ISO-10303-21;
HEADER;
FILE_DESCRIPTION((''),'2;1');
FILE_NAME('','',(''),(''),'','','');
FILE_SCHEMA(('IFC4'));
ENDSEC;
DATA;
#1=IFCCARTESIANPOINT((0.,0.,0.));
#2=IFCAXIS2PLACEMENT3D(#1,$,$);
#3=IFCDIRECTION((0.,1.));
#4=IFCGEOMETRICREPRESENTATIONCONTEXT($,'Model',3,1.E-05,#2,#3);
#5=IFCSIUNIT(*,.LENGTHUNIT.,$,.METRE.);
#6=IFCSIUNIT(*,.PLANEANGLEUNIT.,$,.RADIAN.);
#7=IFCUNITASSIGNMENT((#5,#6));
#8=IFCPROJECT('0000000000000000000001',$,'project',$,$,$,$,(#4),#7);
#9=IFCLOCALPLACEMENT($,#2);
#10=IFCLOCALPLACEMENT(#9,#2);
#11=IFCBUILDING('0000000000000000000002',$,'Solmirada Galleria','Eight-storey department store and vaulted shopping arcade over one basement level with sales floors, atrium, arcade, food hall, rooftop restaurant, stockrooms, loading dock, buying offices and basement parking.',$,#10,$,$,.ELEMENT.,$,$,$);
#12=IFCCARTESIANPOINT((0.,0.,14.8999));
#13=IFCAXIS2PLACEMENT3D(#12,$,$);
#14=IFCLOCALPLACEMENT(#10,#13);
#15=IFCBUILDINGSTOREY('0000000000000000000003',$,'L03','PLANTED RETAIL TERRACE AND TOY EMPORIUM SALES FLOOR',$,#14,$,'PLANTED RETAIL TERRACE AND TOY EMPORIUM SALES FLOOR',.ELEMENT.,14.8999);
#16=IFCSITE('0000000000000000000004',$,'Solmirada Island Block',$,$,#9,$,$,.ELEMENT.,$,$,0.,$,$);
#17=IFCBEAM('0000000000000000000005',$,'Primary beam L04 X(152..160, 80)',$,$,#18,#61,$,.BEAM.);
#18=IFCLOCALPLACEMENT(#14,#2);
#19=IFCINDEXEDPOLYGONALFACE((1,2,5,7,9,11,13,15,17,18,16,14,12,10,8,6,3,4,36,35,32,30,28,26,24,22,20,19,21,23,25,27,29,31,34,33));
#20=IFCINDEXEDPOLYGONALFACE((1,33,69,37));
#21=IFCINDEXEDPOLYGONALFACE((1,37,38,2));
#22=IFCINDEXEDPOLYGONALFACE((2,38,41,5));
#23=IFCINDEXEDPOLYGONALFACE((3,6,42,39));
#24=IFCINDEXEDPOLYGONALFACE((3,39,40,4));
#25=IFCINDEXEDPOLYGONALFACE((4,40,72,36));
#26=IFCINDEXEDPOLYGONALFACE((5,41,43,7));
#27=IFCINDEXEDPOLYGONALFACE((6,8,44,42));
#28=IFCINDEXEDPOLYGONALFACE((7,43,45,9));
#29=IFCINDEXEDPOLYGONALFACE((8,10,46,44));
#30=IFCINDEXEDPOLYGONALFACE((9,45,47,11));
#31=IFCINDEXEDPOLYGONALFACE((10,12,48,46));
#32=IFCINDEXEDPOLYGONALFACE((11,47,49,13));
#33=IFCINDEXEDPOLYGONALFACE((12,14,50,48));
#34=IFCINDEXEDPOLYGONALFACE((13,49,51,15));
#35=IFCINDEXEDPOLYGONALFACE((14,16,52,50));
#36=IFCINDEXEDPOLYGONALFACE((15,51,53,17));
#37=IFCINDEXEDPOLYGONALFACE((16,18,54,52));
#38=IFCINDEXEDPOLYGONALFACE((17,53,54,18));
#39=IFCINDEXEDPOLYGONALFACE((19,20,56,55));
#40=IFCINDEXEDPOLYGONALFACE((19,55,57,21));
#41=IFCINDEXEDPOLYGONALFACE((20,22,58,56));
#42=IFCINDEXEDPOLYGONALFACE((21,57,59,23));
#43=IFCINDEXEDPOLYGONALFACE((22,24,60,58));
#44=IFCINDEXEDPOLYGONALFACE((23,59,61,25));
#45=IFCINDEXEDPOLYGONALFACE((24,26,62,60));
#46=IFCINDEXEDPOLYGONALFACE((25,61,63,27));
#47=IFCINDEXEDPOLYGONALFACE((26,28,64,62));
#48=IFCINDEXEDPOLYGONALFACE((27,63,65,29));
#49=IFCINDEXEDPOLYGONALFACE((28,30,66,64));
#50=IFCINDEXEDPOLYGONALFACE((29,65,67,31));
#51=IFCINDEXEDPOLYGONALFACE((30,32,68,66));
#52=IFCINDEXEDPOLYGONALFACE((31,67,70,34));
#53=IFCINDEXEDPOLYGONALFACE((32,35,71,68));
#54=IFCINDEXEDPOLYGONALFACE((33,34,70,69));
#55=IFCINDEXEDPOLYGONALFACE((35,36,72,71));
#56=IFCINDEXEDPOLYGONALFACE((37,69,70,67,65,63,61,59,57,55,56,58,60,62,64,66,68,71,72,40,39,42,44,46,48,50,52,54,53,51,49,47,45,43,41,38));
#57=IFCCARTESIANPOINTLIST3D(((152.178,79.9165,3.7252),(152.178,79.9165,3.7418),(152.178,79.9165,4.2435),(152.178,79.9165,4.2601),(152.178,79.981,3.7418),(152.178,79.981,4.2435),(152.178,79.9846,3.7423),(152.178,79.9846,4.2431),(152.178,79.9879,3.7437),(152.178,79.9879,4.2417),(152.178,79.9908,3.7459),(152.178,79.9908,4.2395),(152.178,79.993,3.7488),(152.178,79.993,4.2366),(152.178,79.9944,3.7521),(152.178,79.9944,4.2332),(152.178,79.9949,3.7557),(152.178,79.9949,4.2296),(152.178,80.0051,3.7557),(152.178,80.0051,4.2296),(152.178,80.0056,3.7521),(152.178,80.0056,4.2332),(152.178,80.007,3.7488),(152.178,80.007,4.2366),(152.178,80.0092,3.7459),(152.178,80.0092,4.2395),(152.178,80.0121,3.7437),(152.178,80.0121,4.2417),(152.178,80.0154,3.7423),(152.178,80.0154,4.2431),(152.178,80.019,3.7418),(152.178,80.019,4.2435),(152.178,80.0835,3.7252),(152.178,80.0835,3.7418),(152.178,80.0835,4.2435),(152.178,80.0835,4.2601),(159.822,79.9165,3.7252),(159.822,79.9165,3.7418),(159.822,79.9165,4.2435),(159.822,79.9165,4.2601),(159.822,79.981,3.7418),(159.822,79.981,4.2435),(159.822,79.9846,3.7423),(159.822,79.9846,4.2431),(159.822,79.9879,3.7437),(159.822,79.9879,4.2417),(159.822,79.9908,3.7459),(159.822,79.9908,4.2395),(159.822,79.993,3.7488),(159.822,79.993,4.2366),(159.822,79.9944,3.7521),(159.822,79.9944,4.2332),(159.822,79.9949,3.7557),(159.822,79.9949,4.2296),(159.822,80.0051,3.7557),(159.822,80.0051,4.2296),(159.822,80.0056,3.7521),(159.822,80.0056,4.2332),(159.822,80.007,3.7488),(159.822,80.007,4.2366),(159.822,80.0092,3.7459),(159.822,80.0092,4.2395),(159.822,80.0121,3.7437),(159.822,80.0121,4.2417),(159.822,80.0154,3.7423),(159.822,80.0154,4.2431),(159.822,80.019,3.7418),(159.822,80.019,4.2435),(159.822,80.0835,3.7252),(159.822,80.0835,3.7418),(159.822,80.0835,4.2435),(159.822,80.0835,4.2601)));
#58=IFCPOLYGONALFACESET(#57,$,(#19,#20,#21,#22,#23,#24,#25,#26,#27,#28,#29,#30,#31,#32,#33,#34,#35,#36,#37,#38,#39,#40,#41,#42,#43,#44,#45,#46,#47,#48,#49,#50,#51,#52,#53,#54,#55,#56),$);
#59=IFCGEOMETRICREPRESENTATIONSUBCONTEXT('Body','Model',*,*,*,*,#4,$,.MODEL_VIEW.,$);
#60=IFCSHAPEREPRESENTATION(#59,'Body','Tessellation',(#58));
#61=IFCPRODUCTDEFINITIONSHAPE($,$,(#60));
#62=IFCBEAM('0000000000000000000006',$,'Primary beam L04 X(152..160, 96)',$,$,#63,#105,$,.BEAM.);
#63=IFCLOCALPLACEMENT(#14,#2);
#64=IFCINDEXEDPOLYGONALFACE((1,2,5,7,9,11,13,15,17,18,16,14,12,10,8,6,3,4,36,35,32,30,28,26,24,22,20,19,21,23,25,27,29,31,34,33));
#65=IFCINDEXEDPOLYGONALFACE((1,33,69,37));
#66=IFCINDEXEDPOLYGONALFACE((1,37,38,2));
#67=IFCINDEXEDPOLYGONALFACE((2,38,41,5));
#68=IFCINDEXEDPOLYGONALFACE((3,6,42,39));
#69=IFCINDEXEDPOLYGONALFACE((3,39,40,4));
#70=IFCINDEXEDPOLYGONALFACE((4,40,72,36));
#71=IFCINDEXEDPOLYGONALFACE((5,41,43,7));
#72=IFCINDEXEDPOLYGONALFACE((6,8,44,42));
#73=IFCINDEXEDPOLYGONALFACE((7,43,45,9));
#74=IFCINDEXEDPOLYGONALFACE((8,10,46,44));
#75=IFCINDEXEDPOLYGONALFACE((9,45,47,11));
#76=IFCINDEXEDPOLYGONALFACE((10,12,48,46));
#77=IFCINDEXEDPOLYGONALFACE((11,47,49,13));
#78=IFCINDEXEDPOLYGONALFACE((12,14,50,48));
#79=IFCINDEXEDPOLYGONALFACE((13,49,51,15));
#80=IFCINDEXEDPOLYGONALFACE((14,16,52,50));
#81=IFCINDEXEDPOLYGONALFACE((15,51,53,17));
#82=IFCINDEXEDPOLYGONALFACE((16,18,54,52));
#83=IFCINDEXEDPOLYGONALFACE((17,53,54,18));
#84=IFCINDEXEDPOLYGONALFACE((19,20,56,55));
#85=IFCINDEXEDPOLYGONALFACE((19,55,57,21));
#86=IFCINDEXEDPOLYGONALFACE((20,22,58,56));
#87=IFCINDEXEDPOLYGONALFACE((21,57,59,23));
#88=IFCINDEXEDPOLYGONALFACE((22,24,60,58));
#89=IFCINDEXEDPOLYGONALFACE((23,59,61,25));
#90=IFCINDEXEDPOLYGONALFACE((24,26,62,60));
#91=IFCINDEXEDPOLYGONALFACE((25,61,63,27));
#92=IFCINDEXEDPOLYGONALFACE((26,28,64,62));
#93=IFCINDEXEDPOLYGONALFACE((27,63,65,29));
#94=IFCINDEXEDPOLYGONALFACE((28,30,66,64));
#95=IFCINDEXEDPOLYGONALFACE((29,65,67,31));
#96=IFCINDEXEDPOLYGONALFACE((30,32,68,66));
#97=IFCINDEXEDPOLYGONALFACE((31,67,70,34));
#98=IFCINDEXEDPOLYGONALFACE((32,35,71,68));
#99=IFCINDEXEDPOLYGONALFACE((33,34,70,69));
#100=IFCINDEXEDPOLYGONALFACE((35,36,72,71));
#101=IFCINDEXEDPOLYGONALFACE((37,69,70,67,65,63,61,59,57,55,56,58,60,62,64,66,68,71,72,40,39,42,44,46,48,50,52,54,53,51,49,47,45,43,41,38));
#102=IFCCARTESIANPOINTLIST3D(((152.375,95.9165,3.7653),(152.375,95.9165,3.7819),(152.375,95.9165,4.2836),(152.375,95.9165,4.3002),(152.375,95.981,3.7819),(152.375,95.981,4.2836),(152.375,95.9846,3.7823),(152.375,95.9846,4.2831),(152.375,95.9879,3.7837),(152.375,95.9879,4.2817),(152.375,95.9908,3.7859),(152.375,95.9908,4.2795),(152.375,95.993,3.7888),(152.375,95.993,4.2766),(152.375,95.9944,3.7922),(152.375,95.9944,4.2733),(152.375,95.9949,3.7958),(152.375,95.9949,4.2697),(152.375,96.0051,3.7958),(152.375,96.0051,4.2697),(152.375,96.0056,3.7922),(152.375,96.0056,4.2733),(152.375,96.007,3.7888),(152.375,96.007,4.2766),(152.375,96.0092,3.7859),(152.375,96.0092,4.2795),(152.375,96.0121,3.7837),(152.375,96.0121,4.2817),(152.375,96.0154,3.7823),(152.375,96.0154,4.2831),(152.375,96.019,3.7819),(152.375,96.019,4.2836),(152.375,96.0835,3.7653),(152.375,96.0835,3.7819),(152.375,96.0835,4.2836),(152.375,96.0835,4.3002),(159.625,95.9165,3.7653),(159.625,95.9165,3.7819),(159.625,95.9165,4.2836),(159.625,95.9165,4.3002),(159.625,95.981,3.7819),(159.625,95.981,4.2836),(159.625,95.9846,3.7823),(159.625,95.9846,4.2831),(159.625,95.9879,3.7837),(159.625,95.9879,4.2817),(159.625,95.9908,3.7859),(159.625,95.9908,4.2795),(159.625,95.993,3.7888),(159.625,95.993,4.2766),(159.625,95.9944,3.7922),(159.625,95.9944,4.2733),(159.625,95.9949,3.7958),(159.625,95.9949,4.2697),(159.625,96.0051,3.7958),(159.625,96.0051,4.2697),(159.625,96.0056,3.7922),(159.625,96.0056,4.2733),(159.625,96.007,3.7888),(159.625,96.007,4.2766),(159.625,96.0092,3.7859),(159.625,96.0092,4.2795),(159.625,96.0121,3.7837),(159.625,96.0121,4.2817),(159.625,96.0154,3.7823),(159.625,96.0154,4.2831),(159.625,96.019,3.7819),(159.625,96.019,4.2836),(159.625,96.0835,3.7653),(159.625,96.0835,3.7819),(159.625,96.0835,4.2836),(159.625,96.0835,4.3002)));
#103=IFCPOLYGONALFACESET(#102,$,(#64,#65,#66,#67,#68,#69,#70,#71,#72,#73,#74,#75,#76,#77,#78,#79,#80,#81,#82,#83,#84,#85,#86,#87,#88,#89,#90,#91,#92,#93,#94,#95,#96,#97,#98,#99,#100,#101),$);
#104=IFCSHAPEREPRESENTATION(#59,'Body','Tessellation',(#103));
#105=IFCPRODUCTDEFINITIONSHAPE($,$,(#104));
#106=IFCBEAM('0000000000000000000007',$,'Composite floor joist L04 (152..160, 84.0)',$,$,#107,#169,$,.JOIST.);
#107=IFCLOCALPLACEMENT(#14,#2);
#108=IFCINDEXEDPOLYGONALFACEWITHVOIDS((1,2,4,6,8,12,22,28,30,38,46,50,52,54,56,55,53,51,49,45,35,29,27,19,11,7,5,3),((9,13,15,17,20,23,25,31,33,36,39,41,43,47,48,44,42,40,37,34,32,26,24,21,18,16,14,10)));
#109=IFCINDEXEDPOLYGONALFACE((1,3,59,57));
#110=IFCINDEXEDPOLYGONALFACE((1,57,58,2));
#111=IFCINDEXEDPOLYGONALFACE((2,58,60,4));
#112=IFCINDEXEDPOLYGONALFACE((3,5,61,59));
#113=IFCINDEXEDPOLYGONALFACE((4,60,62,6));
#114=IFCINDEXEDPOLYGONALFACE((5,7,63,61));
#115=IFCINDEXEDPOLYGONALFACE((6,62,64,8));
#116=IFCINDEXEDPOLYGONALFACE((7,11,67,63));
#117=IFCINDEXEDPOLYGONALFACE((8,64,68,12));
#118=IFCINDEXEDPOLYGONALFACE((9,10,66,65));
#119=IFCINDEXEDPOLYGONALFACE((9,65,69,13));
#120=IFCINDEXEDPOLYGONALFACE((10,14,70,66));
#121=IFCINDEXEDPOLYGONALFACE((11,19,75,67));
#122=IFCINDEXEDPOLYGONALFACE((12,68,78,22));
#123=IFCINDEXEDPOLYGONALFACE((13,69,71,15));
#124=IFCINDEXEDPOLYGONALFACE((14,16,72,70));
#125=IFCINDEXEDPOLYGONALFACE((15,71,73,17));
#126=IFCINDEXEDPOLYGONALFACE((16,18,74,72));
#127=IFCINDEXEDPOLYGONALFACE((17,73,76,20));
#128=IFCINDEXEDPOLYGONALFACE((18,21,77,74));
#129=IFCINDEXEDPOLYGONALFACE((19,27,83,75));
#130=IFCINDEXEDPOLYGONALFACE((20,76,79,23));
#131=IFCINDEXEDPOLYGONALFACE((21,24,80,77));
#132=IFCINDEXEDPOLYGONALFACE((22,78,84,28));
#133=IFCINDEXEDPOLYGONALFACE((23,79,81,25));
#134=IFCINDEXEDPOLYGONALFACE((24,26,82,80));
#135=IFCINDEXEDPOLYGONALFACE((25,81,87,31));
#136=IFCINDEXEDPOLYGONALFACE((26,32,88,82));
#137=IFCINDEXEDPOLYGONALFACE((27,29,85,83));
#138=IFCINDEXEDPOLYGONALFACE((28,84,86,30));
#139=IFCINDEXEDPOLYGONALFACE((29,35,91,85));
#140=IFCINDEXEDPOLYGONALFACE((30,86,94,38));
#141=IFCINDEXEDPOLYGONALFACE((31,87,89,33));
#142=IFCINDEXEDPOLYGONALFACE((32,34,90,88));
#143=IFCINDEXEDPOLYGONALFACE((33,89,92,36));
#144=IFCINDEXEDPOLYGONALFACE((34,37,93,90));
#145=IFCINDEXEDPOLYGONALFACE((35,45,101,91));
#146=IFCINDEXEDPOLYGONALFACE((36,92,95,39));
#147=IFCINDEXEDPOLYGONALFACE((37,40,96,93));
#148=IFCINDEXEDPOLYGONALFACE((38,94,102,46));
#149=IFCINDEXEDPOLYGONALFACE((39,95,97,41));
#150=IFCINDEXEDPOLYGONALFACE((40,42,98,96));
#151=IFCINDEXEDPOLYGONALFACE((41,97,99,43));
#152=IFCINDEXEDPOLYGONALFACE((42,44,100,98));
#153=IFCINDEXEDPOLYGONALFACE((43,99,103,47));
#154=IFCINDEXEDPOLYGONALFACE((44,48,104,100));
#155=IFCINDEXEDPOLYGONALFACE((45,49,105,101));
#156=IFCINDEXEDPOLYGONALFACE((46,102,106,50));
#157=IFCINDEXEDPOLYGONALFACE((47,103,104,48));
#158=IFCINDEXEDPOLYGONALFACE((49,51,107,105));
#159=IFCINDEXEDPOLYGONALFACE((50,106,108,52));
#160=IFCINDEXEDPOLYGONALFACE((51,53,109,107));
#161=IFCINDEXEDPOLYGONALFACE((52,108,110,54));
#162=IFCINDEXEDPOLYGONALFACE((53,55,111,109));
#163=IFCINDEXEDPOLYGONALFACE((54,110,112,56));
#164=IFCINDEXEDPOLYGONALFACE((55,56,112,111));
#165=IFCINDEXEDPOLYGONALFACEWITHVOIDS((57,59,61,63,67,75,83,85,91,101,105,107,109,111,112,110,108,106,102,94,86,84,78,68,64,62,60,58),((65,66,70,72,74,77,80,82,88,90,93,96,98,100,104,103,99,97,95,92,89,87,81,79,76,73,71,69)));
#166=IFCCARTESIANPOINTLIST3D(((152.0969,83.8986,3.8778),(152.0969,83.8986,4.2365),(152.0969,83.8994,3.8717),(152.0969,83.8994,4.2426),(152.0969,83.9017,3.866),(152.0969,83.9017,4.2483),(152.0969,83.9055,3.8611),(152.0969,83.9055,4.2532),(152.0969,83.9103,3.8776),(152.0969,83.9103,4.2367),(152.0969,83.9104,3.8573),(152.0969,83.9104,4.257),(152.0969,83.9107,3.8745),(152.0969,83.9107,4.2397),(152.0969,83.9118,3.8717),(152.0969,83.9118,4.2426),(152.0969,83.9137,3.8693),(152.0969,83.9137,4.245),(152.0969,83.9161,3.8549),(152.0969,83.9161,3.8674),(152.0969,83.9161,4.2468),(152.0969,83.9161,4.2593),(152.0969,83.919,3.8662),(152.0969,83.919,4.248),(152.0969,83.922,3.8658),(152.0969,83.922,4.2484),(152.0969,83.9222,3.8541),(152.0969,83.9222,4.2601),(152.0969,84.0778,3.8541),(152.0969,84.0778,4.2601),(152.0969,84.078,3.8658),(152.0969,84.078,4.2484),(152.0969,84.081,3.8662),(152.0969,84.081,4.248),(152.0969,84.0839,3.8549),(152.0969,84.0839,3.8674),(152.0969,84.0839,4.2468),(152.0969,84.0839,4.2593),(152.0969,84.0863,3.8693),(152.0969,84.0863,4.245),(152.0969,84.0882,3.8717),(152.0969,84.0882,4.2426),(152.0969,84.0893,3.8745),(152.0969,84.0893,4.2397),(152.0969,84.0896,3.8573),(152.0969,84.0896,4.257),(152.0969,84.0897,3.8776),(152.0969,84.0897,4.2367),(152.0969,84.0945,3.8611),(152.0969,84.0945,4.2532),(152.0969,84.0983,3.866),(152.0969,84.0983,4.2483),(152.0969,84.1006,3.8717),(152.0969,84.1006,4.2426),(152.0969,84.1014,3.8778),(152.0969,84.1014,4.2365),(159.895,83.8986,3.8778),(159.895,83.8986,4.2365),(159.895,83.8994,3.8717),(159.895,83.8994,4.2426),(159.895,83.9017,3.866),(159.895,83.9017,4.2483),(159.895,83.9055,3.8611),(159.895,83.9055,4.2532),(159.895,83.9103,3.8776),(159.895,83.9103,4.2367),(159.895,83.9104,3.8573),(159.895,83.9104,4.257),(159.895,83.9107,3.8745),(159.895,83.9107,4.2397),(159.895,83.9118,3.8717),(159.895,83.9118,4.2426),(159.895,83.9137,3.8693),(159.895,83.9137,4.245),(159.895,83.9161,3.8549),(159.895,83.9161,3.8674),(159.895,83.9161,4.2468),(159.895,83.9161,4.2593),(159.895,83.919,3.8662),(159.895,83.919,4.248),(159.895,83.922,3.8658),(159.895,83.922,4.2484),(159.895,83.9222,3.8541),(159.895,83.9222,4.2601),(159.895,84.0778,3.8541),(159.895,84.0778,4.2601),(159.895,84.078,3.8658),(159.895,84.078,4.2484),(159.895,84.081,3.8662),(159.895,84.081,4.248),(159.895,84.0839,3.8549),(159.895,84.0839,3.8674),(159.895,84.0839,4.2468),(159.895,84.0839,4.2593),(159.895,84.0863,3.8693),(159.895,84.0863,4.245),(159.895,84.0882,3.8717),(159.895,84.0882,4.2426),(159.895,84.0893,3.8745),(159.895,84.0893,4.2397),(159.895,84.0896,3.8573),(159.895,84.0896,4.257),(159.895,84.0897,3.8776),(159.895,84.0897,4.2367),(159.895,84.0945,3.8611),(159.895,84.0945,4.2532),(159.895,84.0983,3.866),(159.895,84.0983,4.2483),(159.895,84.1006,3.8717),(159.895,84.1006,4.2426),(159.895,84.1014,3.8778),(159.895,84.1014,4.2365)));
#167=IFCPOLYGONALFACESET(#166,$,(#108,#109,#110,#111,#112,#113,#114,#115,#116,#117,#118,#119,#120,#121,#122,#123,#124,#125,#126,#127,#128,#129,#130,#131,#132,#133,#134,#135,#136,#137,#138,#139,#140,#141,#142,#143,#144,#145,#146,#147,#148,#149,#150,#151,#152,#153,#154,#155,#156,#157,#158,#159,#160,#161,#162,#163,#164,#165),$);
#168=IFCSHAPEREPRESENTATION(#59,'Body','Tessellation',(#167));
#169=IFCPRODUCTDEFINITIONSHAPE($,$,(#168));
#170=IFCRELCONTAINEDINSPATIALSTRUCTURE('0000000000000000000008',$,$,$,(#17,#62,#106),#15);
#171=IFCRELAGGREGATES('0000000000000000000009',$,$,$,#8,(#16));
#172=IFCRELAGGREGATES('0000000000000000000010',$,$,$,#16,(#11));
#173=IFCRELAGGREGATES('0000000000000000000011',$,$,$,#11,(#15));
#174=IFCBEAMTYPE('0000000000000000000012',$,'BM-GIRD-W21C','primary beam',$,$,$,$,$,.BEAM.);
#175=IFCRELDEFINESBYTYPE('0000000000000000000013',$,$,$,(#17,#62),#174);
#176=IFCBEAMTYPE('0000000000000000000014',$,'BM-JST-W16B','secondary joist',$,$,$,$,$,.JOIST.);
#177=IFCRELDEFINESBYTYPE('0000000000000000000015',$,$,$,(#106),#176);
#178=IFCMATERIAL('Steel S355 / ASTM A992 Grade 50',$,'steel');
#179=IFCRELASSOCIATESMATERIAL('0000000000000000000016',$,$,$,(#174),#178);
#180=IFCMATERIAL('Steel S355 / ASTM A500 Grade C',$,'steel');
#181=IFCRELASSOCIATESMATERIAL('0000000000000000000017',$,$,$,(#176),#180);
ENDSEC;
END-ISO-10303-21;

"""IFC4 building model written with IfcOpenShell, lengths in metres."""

from ifc_helpers import new_model, si_unit, direction, frame, origin, origin_2d, place, context, subcontext, project, spatial, hollow_rectangle, i_section, extrude, material, material_profile, profile_set, type_object, element, save


model = new_model("IFC4")

# Units and contexts
model_context = context("Model", 3, precision=1e-05, world=origin(), true_north=direction((0.0, 1.0)))
body_context = subcontext(model_context, "Body", "Model", "MODEL_VIEW")
ifc_project = project(units=[si_unit("LENGTHUNIT", "METRE"), si_unit("PLANEANGLEUNIT", "RADIAN")], contexts=[model_context])

# Site, building, storey
site_placement = place(None, origin())
site = spatial("IfcSite", under=ifc_project, at=site_placement, Name="Solmirada Island Block", CompositionType="ELEMENT", RefElevation=0.0)
building_placement = place(site_placement, origin())
building = spatial("IfcBuilding", under=site, at=building_placement, Name="Solmirada Galleria", Description="Eight-storey department store and vaulted shopping arcade over one basement level with sales floors, atrium, arcade, food hall, rooftop restaurant, stockrooms, loading dock, buying offices and basement parking.", CompositionType="ELEMENT")
storey_placement = place(building_placement, frame((0.0, 0.0, 14.8999)))
storey = spatial("IfcBuildingStorey", under=building, at=storey_placement, Name="L03", Description="PLANTED RETAIL TERRACE AND TOY EMPORIUM SALES FLOOR", LongName="PLANTED RETAIL TERRACE AND TOY EMPORIUM SALES FLOOR", CompositionType="ELEMENT", Elevation=14.8999)

# Shared definitions
ifc_material_1 = material(Name="Steel S355 / ASTM A500 Grade C", Category="steel")

# Beams
ifc_material_2 = material(Name="Steel S355 / ASTM A992 Grade 50", Category="steel")
ifc_material_profile_1 = material_profile(ifc_material_2, i_section(OverallWidth=0.167, OverallDepth=0.5349, WebThickness=0.0103, FlangeThickness=0.0166, FilletRadius=0.0139, at=origin_2d()), Name="W21X57")
ifc_profile_set_1 = profile_set([ifc_material_profile_1], Name="Steel S355 / ASTM A992 Grade 50")
beam_type_1 = type_object("IfcBeamType", Name="BM-GIRD-W21C", Description="primary beam", PredefinedType="BEAM", material=ifc_profile_set_1)
beam_1_placement = place(storey_placement, frame((152.178, 80.0, 3.9927), z_axis=(1.0, 0.0, 0.0), x_axis=(0.0, 1.0, 0.0)))
element("IfcBeam", 1, at=beam_1_placement, inside=storey, type_object=beam_type_1, Name="Primary beam L04 X(152..160, 80)", PredefinedType="BEAM", context=body_context, shape_type="SweptSolid", body=[
    extrude(i_section(OverallWidth=0.167, OverallDepth=0.5349, WebThickness=0.0103, FlangeThickness=0.0166, FilletRadius=0.0139, at=origin_2d()), origin(), (0.0, 0.0, 1.0), 7.644),
])
beam_2_placement = place(storey_placement, frame((152.375, 96.0, 4.0327), z_axis=(1.0, 0.0, 0.0), x_axis=(0.0, 1.0, 0.0)))
element("IfcBeam", 2, at=beam_2_placement, inside=storey, type_object=beam_type_1, Name="Primary beam L04 X(152..160, 96)", PredefinedType="BEAM", context=body_context, shape_type="SweptSolid", body=[
    extrude(i_section(OverallWidth=0.167, OverallDepth=0.5349, WebThickness=0.0103, FlangeThickness=0.0166, FilletRadius=0.0139, at=origin_2d()), origin(), (0.0, 0.0, 1.0), 7.25),
])
ifc_material_profile_2 = material_profile(ifc_material_1, hollow_rectangle(XDim=0.2029, YDim=0.406, WallThickness=0.0117, InnerFilletRadius=0.0117, OuterFilletRadius=0.0237, at=origin_2d()), Name="HSS16X8X1/2")
ifc_profile_set_2 = profile_set([ifc_material_profile_2], Name="Steel S355 / ASTM A500 Grade C")
beam_type_2 = type_object("IfcBeamType", Name="BM-JST-W16B", Description="secondary joist", PredefinedType="JOIST", material=ifc_profile_set_2)
for number, where, z_axis, x_axis, name in (
    (3, (152.0969, 84.0, 4.0571), (1.0, 0.0, 0.0), (0.0, 1.0, 0.0), "Composite floor joist L04 (152..160, 84.0)"),
):
    element("IfcBeam", number, at=place(storey_placement, frame(where, z_axis=z_axis, x_axis=x_axis)), inside=storey, type_object=beam_type_2, Name=name, PredefinedType="JOIST", context=body_context, shape_type="SweptSolid", body=[
        extrude(hollow_rectangle(XDim=0.2029, YDim=0.406, WallThickness=0.0117, InnerFilletRadius=0.0117, OuterFilletRadius=0.0237, at=origin_2d()), origin(), (0.0, 0.0, 1.0), 7.7981),
    ])

save(model, "model.ifc")
